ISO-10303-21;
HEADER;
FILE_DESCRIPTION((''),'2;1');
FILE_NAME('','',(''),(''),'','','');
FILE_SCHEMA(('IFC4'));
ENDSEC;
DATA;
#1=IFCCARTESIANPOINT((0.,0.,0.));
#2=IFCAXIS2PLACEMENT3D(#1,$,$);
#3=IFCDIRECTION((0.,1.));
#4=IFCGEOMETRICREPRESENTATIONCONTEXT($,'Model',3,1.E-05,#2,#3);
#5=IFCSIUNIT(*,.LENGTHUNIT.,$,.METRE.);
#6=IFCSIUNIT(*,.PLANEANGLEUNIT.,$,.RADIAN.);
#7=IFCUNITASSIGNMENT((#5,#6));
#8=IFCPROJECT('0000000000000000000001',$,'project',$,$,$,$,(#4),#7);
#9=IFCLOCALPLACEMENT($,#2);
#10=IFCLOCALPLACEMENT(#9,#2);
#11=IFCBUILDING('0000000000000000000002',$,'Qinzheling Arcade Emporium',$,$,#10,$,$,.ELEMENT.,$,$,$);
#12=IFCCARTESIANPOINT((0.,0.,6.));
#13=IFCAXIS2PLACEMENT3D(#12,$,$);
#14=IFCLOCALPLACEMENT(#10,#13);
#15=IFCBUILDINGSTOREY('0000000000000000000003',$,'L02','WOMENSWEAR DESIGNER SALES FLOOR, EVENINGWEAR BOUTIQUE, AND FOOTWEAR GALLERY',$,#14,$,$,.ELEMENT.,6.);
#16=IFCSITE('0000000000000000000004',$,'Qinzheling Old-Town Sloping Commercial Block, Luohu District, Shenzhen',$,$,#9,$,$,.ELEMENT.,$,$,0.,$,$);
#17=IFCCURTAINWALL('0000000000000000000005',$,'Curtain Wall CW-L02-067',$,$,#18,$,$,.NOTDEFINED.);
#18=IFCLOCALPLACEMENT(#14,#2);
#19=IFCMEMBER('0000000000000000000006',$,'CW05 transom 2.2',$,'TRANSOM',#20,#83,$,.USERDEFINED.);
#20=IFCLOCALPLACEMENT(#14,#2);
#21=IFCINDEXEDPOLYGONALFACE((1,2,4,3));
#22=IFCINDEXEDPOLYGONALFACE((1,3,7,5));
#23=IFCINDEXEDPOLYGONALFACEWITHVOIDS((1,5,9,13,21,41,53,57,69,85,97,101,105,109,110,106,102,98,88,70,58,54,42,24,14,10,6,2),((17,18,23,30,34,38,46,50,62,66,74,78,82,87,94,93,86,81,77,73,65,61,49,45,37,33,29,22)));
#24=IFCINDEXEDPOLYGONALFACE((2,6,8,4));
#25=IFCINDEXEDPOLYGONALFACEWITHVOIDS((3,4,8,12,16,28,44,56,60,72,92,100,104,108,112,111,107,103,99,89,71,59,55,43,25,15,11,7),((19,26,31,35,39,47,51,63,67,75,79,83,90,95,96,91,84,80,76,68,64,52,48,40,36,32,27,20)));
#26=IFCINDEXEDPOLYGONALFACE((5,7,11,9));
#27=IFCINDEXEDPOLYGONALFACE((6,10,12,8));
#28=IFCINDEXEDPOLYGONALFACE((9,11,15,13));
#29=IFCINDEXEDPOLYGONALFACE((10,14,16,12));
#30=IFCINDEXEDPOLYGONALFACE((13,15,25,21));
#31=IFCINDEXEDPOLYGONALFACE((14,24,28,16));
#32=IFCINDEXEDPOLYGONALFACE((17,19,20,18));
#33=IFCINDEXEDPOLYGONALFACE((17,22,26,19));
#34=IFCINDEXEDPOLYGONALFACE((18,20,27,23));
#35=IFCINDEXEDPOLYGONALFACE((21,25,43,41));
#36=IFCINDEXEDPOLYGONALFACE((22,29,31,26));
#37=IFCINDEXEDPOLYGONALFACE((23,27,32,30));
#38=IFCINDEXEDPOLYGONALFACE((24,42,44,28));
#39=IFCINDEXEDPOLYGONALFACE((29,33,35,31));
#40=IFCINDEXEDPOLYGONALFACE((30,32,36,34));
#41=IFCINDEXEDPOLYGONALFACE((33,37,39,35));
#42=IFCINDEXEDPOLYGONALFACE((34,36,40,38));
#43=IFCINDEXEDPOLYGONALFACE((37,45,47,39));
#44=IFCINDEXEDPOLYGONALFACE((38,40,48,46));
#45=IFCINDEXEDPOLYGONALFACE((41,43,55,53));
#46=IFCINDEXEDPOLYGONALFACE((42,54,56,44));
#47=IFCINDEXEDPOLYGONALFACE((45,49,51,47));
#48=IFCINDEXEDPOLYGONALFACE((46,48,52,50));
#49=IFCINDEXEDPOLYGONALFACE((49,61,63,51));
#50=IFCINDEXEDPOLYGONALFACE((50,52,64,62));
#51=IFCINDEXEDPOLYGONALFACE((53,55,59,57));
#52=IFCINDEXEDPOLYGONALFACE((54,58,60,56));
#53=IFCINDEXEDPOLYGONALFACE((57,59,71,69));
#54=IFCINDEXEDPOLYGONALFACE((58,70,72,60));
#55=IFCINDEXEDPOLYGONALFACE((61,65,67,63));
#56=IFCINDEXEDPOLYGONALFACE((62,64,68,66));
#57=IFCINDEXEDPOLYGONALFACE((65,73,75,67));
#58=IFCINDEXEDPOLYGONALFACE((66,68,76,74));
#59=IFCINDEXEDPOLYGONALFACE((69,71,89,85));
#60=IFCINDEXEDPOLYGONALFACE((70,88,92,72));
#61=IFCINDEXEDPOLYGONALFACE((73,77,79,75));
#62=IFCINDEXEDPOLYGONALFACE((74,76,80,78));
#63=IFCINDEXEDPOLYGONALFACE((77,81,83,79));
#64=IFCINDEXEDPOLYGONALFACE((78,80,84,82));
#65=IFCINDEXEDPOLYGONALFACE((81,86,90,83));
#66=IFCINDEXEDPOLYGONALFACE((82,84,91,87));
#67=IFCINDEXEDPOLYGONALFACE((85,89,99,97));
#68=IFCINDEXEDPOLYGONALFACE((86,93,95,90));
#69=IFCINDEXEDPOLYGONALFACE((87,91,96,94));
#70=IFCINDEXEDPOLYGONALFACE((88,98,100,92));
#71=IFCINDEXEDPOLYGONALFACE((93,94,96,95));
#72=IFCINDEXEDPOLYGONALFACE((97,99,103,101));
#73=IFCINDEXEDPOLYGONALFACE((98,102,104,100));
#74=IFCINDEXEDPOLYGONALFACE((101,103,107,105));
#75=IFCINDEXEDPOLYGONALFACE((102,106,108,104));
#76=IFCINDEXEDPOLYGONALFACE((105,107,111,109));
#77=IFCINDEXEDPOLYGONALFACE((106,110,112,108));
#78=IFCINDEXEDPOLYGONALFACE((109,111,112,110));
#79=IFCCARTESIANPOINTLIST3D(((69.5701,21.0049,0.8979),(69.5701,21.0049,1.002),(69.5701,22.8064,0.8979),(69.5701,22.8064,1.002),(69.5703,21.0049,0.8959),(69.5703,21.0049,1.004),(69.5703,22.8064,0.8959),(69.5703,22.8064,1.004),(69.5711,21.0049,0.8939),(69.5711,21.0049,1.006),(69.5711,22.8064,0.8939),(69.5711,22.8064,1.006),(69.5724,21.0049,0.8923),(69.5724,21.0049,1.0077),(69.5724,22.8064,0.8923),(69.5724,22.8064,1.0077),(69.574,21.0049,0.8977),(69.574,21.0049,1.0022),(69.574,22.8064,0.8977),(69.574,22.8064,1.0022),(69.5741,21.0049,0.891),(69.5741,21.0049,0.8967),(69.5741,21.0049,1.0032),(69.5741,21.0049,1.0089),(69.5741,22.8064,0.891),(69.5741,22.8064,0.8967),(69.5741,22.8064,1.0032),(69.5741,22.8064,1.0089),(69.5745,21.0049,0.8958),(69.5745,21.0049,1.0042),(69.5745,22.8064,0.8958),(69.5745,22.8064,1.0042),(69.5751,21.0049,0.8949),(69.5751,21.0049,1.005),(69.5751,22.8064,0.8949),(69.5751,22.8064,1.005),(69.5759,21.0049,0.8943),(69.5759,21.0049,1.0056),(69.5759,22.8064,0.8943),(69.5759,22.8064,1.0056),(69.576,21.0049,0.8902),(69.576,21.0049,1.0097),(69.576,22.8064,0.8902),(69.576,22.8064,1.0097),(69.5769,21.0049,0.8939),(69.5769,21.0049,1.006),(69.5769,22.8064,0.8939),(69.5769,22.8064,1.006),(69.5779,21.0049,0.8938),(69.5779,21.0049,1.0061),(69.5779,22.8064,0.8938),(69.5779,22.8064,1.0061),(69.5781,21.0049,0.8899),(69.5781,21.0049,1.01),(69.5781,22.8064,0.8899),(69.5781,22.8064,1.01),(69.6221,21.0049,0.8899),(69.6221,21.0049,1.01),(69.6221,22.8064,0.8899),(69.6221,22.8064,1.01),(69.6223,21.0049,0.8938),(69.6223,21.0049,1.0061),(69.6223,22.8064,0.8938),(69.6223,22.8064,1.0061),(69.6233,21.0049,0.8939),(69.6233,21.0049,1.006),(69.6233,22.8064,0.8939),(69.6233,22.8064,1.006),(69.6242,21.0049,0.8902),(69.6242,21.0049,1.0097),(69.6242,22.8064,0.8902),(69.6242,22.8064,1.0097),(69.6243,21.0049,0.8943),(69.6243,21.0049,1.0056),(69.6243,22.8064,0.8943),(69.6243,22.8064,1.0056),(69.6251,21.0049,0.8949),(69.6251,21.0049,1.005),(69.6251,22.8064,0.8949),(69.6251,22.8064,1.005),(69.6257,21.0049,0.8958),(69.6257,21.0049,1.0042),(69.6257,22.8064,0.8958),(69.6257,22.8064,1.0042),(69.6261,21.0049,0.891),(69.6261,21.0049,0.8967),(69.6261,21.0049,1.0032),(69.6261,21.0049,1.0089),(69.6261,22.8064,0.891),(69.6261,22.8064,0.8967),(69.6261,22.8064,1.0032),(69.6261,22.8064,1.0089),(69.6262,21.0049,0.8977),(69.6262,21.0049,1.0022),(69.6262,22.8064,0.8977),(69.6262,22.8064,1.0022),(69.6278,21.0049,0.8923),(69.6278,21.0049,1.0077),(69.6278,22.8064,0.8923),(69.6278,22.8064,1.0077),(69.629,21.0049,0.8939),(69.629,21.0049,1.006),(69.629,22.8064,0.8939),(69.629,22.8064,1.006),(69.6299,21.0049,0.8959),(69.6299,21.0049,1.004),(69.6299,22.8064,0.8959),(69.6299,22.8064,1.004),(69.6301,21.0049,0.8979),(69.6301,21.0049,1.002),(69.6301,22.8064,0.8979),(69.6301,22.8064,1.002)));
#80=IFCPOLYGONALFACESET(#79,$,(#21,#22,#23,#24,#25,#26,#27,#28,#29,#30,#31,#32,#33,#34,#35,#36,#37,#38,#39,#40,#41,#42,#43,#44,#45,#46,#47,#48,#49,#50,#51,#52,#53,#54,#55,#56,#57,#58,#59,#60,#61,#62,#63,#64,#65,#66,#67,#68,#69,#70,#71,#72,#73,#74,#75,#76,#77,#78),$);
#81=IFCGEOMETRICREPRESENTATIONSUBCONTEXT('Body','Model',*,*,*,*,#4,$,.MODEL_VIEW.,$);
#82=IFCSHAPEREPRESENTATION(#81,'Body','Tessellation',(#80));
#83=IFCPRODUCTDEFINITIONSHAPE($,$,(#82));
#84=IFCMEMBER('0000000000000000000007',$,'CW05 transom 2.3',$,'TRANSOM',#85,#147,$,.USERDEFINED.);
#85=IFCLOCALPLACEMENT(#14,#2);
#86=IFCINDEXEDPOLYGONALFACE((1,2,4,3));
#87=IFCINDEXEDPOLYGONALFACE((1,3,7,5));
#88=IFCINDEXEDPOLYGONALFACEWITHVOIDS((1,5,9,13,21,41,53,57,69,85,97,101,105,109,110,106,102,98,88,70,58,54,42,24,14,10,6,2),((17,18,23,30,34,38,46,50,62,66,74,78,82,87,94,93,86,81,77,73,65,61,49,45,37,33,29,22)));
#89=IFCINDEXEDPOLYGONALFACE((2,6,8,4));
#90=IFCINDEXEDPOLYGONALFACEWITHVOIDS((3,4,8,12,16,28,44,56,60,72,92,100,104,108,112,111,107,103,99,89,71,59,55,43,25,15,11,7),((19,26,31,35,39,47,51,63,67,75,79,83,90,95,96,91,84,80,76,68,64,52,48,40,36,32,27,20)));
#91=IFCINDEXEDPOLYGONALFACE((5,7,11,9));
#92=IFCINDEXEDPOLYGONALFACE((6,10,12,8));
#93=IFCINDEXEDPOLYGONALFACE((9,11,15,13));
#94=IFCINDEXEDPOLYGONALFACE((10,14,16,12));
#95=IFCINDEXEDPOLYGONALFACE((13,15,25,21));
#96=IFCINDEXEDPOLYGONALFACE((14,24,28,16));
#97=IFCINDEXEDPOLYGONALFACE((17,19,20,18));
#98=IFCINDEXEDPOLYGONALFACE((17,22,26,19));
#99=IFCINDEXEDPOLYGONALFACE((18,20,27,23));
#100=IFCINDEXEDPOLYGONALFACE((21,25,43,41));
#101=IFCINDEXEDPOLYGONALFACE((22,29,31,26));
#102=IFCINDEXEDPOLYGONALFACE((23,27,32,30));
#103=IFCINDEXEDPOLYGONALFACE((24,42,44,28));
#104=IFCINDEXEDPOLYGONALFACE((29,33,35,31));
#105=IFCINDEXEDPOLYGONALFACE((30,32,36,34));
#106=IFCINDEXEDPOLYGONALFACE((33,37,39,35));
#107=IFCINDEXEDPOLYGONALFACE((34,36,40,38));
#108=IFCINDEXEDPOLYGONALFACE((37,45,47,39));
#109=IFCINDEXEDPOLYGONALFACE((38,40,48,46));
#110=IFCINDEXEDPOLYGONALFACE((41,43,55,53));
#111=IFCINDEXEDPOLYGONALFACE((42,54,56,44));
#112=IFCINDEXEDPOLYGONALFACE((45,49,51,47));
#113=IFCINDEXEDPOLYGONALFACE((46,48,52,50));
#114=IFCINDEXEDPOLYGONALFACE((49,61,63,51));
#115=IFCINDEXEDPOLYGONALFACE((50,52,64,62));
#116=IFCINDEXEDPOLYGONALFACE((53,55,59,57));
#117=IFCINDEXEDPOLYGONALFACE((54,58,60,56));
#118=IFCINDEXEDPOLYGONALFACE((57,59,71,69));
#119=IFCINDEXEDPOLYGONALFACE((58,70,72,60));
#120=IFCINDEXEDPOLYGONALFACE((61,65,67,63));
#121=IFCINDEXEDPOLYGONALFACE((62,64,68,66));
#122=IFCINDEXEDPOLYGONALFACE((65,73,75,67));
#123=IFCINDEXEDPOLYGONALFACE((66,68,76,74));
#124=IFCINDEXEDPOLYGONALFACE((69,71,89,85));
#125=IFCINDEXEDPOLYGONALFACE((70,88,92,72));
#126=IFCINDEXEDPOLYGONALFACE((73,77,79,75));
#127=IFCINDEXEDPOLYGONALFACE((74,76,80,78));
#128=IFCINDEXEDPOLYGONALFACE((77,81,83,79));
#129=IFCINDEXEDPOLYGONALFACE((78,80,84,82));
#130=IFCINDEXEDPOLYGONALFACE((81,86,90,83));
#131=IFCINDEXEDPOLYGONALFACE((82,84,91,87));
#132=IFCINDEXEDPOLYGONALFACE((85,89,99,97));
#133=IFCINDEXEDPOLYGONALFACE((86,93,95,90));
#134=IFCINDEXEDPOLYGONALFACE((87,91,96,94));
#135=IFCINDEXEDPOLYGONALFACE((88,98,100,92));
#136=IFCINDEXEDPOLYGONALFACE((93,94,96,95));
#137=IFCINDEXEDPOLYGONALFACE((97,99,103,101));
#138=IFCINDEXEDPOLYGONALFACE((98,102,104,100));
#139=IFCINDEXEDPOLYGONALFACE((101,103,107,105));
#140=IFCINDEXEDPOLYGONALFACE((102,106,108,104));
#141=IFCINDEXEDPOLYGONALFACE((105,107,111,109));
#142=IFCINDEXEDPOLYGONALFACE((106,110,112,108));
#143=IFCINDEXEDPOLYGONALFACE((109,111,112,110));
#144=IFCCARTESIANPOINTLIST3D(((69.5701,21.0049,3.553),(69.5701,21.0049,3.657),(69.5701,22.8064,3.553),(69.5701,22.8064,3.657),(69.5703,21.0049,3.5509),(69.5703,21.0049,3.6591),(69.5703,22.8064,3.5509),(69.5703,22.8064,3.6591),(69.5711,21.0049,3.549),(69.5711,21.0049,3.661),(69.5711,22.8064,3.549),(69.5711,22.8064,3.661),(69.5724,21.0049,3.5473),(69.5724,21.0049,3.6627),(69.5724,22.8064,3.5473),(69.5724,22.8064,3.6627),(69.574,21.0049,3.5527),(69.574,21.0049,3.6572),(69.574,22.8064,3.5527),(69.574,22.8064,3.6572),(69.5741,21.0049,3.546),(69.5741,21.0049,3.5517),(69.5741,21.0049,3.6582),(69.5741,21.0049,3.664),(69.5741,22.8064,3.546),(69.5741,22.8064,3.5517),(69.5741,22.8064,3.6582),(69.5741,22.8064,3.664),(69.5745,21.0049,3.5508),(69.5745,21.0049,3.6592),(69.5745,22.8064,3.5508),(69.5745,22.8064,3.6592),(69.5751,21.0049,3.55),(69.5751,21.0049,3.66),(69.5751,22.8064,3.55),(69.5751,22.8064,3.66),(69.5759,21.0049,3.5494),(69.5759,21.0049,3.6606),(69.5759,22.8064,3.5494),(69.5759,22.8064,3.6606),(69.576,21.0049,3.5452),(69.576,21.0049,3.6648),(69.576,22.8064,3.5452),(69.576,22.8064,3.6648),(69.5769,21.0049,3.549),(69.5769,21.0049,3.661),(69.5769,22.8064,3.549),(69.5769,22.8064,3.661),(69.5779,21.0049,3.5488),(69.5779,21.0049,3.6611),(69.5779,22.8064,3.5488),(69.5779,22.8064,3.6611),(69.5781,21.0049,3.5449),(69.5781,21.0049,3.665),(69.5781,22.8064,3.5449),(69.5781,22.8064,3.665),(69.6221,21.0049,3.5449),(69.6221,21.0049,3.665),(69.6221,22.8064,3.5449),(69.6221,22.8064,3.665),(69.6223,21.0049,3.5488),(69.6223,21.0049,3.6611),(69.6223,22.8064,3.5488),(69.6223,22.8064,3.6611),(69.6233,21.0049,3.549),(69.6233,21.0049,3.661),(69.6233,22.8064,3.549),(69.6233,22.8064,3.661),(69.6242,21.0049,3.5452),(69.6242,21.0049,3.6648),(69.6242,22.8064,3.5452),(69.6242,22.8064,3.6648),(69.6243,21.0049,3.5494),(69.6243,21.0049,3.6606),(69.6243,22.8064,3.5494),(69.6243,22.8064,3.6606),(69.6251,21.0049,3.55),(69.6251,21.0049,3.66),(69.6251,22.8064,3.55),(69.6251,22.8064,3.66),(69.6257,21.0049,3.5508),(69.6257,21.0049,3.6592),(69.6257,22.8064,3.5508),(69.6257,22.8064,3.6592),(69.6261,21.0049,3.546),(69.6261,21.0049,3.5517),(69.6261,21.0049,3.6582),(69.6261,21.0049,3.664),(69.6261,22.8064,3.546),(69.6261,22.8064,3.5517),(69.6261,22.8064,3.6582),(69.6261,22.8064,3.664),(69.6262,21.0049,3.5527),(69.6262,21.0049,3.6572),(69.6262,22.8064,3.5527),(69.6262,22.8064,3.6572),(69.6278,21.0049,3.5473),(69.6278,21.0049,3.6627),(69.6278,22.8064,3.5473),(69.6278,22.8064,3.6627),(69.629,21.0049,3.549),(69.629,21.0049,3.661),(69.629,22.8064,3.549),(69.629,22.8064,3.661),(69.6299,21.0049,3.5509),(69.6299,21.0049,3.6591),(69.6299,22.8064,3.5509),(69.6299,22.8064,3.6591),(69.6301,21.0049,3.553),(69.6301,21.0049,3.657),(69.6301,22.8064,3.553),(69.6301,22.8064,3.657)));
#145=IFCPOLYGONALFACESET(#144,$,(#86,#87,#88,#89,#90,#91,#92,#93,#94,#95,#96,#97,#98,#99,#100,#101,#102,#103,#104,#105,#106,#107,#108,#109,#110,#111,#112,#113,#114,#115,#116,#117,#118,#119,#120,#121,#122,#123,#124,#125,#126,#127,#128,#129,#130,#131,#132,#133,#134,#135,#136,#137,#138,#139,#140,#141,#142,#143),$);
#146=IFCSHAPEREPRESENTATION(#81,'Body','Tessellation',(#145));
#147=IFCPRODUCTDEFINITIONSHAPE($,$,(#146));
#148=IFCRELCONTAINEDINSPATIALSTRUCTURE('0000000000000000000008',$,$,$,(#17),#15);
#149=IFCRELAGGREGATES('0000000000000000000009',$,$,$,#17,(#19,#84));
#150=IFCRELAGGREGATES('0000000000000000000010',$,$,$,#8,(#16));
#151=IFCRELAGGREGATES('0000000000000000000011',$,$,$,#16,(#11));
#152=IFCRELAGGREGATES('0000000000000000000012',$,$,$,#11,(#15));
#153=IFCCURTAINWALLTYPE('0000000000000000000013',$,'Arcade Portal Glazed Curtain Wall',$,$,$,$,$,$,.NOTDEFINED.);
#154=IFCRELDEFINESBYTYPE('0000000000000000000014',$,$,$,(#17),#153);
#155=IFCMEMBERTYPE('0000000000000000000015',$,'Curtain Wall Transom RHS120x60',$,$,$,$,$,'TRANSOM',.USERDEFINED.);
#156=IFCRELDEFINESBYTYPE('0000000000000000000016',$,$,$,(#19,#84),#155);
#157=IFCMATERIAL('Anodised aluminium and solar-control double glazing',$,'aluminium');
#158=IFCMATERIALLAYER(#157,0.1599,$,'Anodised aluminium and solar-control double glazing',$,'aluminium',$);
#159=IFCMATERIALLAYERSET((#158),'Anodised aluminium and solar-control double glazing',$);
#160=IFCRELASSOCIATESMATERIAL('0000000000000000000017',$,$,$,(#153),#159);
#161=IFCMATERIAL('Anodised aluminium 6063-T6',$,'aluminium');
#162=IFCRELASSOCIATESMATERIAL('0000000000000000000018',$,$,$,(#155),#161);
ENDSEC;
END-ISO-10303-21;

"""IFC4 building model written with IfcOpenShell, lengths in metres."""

from ifc_helpers import new_model, si_unit, direction, frame, origin, origin_2d, place, context, subcontext, project, spatial, hollow_rectangle, extrude, material, layer, layer_set, material_profile, profile_set, type_object, element, aggregate, save


model = new_model("IFC4")

# Units and contexts
model_context = context("Model", 3, precision=1e-05, world=origin(), true_north=direction((0.0, 1.0)))
body_context = subcontext(model_context, "Body", "Model", "MODEL_VIEW")
ifc_project = project(units=[si_unit("LENGTHUNIT", "METRE"), si_unit("PLANEANGLEUNIT", "RADIAN")], contexts=[model_context])

# Site, building, storey
site_placement = place(None, origin())
site = spatial("IfcSite", under=ifc_project, at=site_placement, Name="Qinzheling Old-Town Sloping Commercial Block, Luohu District, Shenzhen", CompositionType="ELEMENT", RefElevation=0.0)
building_placement = place(site_placement, origin())
building = spatial("IfcBuilding", under=site, at=building_placement, Name="Qinzheling Arcade Emporium", CompositionType="ELEMENT")
storey_placement = place(building_placement, frame((0.0, 0.0, 6.0)))
storey = spatial("IfcBuildingStorey", under=building, at=storey_placement, Name="L02", Description="WOMENSWEAR DESIGNER SALES FLOOR, EVENINGWEAR BOUTIQUE, AND FOOTWEAR GALLERY", CompositionType="ELEMENT", Elevation=6.0)

# Curtain wall, members
ifc_material_1 = material(Name="Anodised aluminium and solar-control double glazing", Category="aluminium")
ifc_layer_1 = layer(ifc_material_1, 0.1599, Name="Anodised aluminium and solar-control double glazing", Category="aluminium")
ifc_layer_set_1 = layer_set([ifc_layer_1], Name="Anodised aluminium and solar-control double glazing")
curtain_wall_type = type_object("IfcCurtainWallType", Name="Arcade Portal Glazed Curtain Wall", PredefinedType="NOTDEFINED", material=ifc_layer_set_1)
curtain_wall_placement = place(storey_placement, origin())
curtain_wall = element("IfcCurtainWall", 1, at=curtain_wall_placement, inside=storey, type_object=curtain_wall_type, Name="Curtain Wall CW-L02-067", PredefinedType="NOTDEFINED")
ifc_material_2 = material(Name="Anodised aluminium 6063-T6", Category="aluminium")
ifc_material_profile_1 = material_profile(ifc_material_2, hollow_rectangle(XDim=0.0601, YDim=0.1201, WallThickness=0.0039, InnerFilletRadius=0.0039, OuterFilletRadius=0.0081, at=origin_2d()), Name="RHS 120x60x4", Category="aluminium")
ifc_profile_set_1 = profile_set([ifc_material_profile_1], Name="Anodised aluminium 6063-T6")
member_type_1 = type_object("IfcMemberType", Name="Curtain Wall Transom RHS120x60", ElementType="TRANSOM", PredefinedType="USERDEFINED", material=ifc_profile_set_1)
member_1_placement = place(storey_placement, frame((69.6001, 22.8064, 0.95), z_axis=(0.0, -1.0, 0.0), x_axis=(1.0, 0.0, 0.0)))
member_1 = element("IfcMember", 2, at=member_1_placement, type_object=member_type_1, Name="CW05 transom 2.2", ObjectType="TRANSOM", PredefinedType="USERDEFINED", context=body_context, shape_type="SweptSolid", body=[
    extrude(hollow_rectangle(XDim=0.0601, YDim=0.1201, WallThickness=0.0039, InnerFilletRadius=0.0039, OuterFilletRadius=0.0081, at=origin_2d()), origin(), (0.0, 0.0, 1.0), 1.8015),
])
member_2_placement = place(storey_placement, frame((69.6001, 22.8064, 3.605), z_axis=(0.0, -1.0, 0.0), x_axis=(1.0, 0.0, 0.0)))
member_2 = element("IfcMember", 3, at=member_2_placement, type_object=member_type_1, Name="CW05 transom 2.3", ObjectType="TRANSOM", PredefinedType="USERDEFINED", context=body_context, shape_type="SweptSolid", body=[
    extrude(hollow_rectangle(XDim=0.0601, YDim=0.1201, WallThickness=0.0039, InnerFilletRadius=0.0039, OuterFilletRadius=0.0081, at=origin_2d()), origin(), (0.0, 0.0, 1.0), 1.8015),
])
aggregate(curtain_wall, [member_1, member_2])

save(model, "model.ifc")
